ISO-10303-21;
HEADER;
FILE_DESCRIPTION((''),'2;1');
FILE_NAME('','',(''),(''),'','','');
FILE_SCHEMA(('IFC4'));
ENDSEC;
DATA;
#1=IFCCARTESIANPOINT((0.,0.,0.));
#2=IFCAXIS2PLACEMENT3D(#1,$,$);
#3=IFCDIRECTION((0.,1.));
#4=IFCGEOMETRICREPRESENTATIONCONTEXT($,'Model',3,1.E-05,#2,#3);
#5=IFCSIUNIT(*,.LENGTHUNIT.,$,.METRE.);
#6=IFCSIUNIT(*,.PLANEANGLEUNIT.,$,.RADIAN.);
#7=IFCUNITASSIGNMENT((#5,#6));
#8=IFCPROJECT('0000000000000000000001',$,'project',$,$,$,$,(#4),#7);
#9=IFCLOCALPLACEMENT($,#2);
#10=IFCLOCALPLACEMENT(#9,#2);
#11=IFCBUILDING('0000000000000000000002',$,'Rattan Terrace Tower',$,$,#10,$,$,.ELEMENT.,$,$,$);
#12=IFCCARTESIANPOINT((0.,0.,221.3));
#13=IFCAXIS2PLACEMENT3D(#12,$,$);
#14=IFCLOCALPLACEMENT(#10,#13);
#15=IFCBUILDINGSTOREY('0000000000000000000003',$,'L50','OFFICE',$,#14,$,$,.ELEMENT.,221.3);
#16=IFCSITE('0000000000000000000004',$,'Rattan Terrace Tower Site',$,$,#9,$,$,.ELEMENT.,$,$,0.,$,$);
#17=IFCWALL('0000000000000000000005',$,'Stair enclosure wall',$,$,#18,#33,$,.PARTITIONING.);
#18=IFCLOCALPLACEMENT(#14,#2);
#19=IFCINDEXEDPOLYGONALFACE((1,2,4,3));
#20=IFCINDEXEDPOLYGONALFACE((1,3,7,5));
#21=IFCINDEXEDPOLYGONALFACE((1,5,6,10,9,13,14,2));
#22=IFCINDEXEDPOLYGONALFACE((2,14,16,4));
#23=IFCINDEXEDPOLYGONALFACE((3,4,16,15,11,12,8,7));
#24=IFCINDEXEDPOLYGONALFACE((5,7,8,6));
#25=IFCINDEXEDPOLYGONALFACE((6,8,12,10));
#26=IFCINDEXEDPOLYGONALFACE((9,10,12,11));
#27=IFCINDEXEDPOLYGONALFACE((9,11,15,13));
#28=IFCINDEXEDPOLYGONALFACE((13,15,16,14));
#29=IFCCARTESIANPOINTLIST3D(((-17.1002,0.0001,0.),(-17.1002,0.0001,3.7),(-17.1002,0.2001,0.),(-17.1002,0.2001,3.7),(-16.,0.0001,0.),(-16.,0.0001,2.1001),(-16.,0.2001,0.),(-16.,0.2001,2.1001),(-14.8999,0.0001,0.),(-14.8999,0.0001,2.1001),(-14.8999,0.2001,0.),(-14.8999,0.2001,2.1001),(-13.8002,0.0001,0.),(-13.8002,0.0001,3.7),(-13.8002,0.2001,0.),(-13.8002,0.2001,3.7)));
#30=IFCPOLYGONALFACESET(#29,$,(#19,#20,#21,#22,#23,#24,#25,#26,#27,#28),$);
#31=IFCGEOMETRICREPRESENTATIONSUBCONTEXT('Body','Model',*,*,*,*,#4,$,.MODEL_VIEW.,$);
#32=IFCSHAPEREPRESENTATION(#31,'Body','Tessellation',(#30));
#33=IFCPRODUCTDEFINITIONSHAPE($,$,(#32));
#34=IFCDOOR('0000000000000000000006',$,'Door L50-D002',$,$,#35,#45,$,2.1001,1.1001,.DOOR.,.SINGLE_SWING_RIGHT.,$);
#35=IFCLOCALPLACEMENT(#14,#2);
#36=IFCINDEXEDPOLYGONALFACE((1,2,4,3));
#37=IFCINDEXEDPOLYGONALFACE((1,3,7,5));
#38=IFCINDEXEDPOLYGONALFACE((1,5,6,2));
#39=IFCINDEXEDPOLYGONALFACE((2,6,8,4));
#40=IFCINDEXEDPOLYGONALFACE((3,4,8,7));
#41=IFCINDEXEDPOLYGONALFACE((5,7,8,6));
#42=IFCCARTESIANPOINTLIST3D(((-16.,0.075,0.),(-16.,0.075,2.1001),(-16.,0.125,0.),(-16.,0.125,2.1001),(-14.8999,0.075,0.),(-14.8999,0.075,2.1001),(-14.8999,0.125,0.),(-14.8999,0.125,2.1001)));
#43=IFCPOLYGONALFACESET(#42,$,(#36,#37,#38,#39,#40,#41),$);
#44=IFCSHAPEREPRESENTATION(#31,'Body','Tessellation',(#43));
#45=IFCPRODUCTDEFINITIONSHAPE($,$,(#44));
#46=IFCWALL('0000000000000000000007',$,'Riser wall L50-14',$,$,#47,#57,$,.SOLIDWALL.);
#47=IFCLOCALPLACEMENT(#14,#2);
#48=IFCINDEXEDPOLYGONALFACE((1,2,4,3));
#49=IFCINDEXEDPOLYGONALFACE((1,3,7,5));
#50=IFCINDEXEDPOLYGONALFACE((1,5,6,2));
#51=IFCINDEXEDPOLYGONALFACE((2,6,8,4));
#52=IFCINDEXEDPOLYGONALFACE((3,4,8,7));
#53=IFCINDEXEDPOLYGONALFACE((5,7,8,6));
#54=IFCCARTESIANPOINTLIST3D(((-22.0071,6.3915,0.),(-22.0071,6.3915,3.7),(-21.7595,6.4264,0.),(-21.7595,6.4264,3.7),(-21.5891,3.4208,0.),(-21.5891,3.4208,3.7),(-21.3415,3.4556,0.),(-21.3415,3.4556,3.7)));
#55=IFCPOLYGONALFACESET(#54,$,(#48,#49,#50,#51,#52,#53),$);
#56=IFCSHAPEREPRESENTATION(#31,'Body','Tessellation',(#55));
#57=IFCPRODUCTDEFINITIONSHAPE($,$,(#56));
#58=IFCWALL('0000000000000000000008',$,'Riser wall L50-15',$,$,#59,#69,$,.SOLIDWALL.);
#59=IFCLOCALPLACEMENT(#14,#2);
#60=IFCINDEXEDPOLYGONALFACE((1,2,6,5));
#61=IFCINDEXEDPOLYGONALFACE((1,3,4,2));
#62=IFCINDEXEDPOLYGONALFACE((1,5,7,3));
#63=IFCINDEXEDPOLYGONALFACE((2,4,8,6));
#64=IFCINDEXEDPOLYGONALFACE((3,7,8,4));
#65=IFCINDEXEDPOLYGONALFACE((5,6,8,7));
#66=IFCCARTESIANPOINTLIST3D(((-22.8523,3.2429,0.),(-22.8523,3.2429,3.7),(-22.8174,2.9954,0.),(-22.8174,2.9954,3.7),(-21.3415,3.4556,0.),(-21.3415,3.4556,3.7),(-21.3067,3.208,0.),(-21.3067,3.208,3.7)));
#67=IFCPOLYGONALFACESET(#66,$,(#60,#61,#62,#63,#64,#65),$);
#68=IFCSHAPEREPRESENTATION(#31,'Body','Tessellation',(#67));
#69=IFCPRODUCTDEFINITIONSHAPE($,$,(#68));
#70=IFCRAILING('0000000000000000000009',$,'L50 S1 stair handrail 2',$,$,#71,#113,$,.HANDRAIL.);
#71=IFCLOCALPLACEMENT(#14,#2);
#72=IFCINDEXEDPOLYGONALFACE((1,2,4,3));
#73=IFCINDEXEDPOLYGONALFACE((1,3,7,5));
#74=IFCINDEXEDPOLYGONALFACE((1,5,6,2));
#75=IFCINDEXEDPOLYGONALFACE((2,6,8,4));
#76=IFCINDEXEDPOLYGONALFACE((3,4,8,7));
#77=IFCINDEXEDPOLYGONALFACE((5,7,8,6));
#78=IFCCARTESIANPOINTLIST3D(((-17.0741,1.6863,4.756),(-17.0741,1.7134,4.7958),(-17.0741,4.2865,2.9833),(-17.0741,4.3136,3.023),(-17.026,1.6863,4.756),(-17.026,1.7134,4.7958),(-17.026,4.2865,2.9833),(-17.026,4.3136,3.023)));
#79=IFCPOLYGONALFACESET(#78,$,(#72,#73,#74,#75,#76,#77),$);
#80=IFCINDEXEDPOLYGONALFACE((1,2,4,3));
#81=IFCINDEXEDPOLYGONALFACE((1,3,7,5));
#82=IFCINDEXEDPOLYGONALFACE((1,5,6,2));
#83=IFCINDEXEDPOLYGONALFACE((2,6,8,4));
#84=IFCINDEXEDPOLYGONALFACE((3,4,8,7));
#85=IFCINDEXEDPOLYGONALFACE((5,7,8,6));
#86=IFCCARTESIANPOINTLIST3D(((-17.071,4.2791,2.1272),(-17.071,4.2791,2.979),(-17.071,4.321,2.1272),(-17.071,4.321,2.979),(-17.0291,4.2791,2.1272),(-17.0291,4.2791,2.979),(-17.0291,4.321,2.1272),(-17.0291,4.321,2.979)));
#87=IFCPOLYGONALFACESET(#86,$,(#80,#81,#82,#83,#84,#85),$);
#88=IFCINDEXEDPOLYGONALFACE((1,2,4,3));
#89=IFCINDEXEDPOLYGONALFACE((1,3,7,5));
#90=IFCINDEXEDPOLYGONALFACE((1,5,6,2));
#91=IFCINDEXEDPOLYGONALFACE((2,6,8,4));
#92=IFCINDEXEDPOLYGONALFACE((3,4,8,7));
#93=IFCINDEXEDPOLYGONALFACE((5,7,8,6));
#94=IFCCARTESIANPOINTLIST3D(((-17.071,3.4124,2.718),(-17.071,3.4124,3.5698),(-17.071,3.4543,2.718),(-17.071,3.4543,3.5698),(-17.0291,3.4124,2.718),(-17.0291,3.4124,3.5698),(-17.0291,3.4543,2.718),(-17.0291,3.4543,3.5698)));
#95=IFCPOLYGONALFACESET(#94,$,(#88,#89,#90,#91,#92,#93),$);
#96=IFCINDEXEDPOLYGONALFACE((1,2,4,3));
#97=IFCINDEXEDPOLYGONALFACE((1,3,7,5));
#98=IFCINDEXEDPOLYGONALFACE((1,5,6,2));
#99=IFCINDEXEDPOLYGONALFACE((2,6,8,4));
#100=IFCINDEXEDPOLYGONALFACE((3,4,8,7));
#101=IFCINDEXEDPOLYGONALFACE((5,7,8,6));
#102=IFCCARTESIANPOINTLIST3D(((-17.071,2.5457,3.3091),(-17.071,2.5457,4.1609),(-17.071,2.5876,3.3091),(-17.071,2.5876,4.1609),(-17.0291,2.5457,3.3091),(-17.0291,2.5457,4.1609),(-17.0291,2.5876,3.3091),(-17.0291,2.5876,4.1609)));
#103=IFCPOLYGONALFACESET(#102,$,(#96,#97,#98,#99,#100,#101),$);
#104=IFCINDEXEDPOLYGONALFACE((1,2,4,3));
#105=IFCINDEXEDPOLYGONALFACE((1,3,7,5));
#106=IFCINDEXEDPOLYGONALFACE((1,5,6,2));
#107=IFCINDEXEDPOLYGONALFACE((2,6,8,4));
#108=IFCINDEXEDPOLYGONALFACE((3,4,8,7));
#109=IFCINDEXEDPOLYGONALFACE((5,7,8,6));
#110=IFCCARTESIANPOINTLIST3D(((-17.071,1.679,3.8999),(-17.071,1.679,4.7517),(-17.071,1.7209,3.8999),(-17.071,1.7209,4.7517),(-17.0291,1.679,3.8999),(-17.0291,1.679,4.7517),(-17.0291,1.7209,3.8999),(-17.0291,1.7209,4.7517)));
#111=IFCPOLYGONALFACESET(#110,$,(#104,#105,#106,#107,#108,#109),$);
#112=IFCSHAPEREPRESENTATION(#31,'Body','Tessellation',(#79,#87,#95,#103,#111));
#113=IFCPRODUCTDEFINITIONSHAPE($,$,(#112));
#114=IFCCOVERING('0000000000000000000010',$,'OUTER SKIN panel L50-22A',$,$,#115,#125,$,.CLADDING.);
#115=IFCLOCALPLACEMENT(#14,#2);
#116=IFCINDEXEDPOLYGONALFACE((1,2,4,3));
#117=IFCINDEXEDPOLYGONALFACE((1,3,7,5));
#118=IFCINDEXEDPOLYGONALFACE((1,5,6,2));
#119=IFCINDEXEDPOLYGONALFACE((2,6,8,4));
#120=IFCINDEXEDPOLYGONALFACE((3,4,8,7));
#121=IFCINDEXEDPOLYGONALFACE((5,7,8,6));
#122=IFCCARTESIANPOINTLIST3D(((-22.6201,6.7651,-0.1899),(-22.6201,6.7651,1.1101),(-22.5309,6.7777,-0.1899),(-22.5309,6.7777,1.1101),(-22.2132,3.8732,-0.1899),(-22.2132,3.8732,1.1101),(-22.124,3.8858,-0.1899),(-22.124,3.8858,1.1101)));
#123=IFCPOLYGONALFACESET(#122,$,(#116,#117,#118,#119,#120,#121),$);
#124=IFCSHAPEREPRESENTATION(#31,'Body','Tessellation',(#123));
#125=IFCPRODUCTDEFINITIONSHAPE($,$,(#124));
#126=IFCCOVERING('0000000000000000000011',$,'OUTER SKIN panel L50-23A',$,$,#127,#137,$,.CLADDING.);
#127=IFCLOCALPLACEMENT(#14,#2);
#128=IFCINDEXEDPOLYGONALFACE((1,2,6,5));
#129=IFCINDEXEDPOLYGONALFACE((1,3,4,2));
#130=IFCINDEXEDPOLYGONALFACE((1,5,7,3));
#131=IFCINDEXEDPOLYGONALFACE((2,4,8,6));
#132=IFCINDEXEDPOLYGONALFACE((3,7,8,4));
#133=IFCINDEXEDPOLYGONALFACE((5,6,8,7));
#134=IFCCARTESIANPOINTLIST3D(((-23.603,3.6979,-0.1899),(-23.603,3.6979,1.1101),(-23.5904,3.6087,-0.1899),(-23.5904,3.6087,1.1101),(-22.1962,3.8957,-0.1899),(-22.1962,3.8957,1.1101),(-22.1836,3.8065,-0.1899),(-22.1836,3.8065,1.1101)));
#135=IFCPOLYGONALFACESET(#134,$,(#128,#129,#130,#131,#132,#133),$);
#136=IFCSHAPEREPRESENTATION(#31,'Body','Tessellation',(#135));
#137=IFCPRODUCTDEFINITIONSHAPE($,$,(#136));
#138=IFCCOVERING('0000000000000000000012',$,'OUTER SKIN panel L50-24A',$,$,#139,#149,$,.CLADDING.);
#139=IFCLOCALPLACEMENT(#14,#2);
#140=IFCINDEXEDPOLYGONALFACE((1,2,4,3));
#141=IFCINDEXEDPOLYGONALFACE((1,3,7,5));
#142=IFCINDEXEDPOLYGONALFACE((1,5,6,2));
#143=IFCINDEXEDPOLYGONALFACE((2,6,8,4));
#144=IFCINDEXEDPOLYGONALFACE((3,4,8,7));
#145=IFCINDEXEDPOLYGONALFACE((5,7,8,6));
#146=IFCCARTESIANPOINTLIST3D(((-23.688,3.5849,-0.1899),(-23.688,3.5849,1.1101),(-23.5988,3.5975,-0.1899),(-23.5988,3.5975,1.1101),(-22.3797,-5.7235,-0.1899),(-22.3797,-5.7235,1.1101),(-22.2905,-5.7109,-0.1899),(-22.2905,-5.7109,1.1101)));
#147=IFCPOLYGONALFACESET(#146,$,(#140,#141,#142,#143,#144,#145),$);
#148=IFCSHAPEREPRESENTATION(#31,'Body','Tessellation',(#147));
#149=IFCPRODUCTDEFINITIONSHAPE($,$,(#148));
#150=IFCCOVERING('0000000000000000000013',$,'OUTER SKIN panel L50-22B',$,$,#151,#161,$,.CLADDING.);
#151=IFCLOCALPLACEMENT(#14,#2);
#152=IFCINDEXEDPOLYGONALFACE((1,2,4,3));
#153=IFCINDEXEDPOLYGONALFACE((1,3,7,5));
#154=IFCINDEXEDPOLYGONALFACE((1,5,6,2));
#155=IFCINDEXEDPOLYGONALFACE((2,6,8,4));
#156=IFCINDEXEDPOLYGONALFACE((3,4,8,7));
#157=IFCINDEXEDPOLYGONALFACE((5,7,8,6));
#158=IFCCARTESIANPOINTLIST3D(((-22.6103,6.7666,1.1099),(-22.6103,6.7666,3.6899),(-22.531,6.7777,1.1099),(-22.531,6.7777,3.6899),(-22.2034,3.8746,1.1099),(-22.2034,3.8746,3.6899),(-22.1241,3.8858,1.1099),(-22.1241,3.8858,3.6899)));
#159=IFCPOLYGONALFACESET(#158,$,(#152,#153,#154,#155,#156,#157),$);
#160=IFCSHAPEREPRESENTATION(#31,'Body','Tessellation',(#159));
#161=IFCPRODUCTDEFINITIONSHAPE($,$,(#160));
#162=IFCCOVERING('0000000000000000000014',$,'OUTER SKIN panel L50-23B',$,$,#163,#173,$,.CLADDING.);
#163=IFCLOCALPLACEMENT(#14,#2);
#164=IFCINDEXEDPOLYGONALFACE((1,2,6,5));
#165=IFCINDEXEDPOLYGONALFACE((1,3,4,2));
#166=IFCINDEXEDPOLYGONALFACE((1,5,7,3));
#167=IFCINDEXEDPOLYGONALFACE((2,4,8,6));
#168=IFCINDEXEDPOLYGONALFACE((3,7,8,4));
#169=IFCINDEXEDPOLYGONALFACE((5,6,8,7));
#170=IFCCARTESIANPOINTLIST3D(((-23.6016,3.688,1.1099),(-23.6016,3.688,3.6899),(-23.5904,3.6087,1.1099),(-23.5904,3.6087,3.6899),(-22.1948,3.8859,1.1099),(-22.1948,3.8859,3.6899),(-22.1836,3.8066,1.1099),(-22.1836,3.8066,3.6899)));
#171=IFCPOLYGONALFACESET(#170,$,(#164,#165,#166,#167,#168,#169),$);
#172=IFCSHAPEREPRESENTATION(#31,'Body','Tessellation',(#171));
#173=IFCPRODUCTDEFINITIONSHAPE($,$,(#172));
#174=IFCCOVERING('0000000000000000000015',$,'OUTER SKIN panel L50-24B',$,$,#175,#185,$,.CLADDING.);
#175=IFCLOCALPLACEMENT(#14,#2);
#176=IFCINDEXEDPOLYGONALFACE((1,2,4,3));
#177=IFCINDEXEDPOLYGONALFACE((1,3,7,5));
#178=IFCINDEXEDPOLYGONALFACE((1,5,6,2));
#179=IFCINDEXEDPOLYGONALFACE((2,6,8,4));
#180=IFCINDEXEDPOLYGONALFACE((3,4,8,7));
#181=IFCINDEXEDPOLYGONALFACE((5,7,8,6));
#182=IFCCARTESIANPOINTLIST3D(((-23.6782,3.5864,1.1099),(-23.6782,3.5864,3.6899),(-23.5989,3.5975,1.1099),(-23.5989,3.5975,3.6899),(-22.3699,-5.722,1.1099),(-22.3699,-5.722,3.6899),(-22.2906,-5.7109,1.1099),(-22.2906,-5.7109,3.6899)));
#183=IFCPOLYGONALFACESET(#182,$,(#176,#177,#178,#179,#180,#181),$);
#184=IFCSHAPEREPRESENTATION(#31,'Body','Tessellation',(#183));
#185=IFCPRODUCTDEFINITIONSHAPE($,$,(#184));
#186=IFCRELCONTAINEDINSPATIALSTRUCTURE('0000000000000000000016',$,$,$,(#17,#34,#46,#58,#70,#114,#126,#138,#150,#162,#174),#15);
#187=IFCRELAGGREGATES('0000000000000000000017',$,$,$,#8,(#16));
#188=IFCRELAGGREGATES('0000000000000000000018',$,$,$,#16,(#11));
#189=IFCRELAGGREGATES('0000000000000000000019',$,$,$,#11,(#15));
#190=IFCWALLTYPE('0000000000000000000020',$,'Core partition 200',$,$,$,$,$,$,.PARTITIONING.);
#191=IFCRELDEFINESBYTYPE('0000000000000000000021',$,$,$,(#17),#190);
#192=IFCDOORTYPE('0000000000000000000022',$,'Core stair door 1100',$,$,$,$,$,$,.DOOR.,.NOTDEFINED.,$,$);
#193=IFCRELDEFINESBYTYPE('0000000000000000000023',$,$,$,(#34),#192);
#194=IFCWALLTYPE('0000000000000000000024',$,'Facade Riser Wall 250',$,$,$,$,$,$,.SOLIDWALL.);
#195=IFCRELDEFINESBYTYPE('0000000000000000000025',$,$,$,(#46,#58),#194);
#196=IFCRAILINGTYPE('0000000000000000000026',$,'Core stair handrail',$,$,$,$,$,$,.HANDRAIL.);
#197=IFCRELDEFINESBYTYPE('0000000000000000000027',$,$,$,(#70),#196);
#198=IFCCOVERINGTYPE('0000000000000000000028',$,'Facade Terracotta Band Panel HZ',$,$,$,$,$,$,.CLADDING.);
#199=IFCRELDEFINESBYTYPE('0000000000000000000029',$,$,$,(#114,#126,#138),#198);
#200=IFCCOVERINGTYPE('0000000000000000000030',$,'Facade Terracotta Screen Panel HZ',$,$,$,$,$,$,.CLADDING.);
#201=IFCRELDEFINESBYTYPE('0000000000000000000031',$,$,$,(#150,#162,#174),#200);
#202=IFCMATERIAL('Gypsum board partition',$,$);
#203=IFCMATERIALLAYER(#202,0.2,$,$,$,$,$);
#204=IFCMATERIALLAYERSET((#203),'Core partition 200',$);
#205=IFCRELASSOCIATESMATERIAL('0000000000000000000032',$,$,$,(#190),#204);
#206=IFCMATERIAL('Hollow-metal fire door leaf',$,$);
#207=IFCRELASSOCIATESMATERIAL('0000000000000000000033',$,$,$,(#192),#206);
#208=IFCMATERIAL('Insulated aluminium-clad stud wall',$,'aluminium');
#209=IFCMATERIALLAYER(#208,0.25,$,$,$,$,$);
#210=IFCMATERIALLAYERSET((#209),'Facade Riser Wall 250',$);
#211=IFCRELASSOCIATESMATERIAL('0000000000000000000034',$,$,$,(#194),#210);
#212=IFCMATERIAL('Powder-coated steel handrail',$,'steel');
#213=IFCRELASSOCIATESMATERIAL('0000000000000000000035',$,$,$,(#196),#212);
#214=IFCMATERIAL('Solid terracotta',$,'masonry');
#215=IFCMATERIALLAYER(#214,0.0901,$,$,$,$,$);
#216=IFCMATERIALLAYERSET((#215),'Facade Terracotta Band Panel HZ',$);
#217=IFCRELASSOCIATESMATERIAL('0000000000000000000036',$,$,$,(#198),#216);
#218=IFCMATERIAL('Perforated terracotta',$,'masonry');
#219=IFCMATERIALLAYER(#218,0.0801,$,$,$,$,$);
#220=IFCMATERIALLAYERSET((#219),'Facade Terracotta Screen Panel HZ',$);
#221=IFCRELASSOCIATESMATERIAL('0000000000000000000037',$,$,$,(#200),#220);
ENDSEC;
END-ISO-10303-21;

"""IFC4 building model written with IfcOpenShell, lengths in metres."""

from ifc_helpers import new_model, si_unit, direction, frame, frame_2d, origin, origin_2d, place, context, subcontext, project, spatial, rectangle, extrude, material, layer, layer_set, type_object, element, fill, save


model = new_model("IFC4")

# Units and contexts
model_context = context("Model", 3, precision=1e-05, world=origin(), true_north=direction((0.0, 1.0)))
body_context = subcontext(model_context, "Body", "Model", "MODEL_VIEW")
ifc_project = project(units=[si_unit("LENGTHUNIT", "METRE"), si_unit("PLANEANGLEUNIT", "RADIAN")], contexts=[model_context])

# Site, building, storey
site_placement = place(None, origin())
site = spatial("IfcSite", under=ifc_project, at=site_placement, Name="Rattan Terrace Tower Site", CompositionType="ELEMENT", RefElevation=0.0)
building_placement = place(site_placement, origin())
building = spatial("IfcBuilding", under=site, at=building_placement, Name="Rattan Terrace Tower", CompositionType="ELEMENT")
storey_placement = place(building_placement, frame((0.0, 0.0, 221.3)))
storey = spatial("IfcBuildingStorey", under=building, at=storey_placement, Name="L50", Description="OFFICE", CompositionType="ELEMENT", Elevation=221.3)

# Wall, opening, door
ifc_material_1 = material(Name="Gypsum board partition")
ifc_layer_1 = layer(ifc_material_1, 0.2)
ifc_layer_set_1 = layer_set([ifc_layer_1], Name="Core partition 200")
wall_type_1 = type_object("IfcWallType", Name="Core partition 200", PredefinedType="PARTITIONING", material=ifc_layer_set_1)
wall_1_placement = place(storey_placement, frame((-17.1001, 0.1001, 0.0), z_axis=(0.0, 0.0, 1.0), x_axis=(1.0, 0.0, 0.0)))
wall_1 = element("IfcWall", 1, at=wall_1_placement, inside=storey, type_object=wall_type_1, Name="Stair enclosure wall", PredefinedType="PARTITIONING", context=body_context, shape_type="SweptSolid", body=[
    extrude(rectangle(XDim=3.3, YDim=0.2, at=frame_2d((1.6499, 0.0))), origin(), (0.0, 0.0, 1.0), 3.7),
])
opening_placement = place(wall_1_placement, frame((1.1001, 0.0, 0.0)))
opening = element("IfcOpeningElement", 2, at=opening_placement, cuts=wall_1, PredefinedType="OPENING", context=body_context, shape_type="SweptSolid", body=[
    extrude(rectangle(XDim=1.1001, YDim=2.1001, at=frame_2d((0.55, 1.05))), frame((0.0, 0.1106, 0.0), z_axis=(0.0, -1.0, 0.0), x_axis=(1.0, 0.0, 0.0)), (0.0, 0.0, 1.0), 0.2209),
])
ifc_material_2 = material(Name="Hollow-metal fire door leaf")
door_type = type_object("IfcDoorType", Name="Core stair door 1100", OperationType="NOTDEFINED", PredefinedType="DOOR", material=ifc_material_2)
door_placement = place(opening_placement, origin())
door = element("IfcDoor", 3, at=door_placement, inside=storey, type_object=door_type, Name="Door L50-D002", OperationType="SINGLE_SWING_RIGHT", OverallHeight=2.1001, OverallWidth=1.1001, PredefinedType="DOOR", context=body_context, shape_type="SweptSolid", body=[
    extrude(rectangle(XDim=1.1001, YDim=2.1001, at=frame_2d((0.55, 1.05))), frame((0.0, 0.0249, 0.0), z_axis=(0.0, -1.0, 0.0), x_axis=(1.0, 0.0, 0.0)), (0.0, 0.0, 1.0), 0.05),
])
fill(opening, door)

# Walls
ifc_material_3 = material(Name="Insulated aluminium-clad stud wall", Category="aluminium")
ifc_layer_2 = layer(ifc_material_3, 0.25)
ifc_layer_set_2 = layer_set([ifc_layer_2], Name="Facade Riser Wall 250")
wall_type_2 = type_object("IfcWallType", Name="Facade Riser Wall 250", PredefinedType="SOLIDWALL", material=ifc_layer_set_2)
wall_2_placement = place(storey_placement, frame((-21.8833, 6.4089, 0.0), z_axis=(0.0, 0.0, 1.0), x_axis=(0.139325, -0.990247, 0.0)))
element("IfcWall", 4, at=wall_2_placement, inside=storey, type_object=wall_type_2, Name="Riser wall L50-14", PredefinedType="SOLIDWALL", context=body_context, shape_type="SweptSolid", body=[
    extrude(rectangle(XDim=3.0, YDim=0.25, at=frame_2d((1.5, 0.0))), origin(), (0.0, 0.0, 1.0), 3.7),
])
wall_3_placement = place(storey_placement, frame((-21.3242, 3.3318, 0.0), z_axis=(0.0, 0.0, 1.0), x_axis=(-0.990239, -0.139382, 0.0)))
element("IfcWall", 5, at=wall_3_placement, inside=storey, type_object=wall_type_2, Name="Riser wall L50-15", PredefinedType="SOLIDWALL", context=body_context, shape_type="SweptSolid", body=[
    extrude(rectangle(XDim=1.5256, YDim=0.25, at=frame_2d((0.7627, 0.0))), origin(), (0.0, 0.0, 1.0), 3.7),
])

# Railing
ifc_material_4 = material(Name="Powder-coated steel handrail", Category="steel")
railing_type = type_object("IfcRailingType", Name="Core stair handrail", PredefinedType="HANDRAIL", material=ifc_material_4)
railing_placement = place(storey_placement, frame((-17.05, 4.3, 2.1272)))
element("IfcRailing", 6, at=railing_placement, inside=storey, type_object=railing_type, Name="L50 S1 stair handrail 2", PredefinedType="HANDRAIL", context=body_context, shape_type="SweptSolid", body=[
    extrude(rectangle(XDim=0.0481, YDim=0.0481, at=origin_2d()), frame((0.0, 0.0, 0.876), z_axis=(0.0, -0.82624, 0.563318), x_axis=(1.0, 0.0, 0.0)), (0.0, 0.0, 1.0), 3.147),
    extrude(rectangle(XDim=0.042, YDim=0.042, at=origin_2d()), origin(), (0.0, 0.0, 1.0), 0.8518),
    extrude(rectangle(XDim=0.042, YDim=0.042, at=origin_2d()), frame((0.0, -0.8667, 0.5908)), (0.0, 0.0, 1.0), 0.8518),
    extrude(rectangle(XDim=0.042, YDim=0.042, at=origin_2d()), frame((0.0, -1.7334, 1.1819)), (0.0, 0.0, 1.0), 0.8518),
    extrude(rectangle(XDim=0.042, YDim=0.042, at=origin_2d()), frame((0.0, -2.6001, 1.7727)), (0.0, 0.0, 1.0), 0.8518),
])

# Coverings
ifc_material_5 = material(Name="Solid terracotta", Category="masonry")
ifc_layer_3 = layer(ifc_material_5, 0.0901)
ifc_layer_set_3 = layer_set([ifc_layer_3], Name="Facade Terracotta Band Panel HZ")
covering_type_1 = type_object("IfcCoveringType", Name="Facade Terracotta Band Panel HZ", PredefinedType="CLADDING", material=ifc_layer_set_3)
covering_1_placement = place(storey_placement, frame((-22.3721, 5.3254, -0.1899), z_axis=(0.0, 0.0, 1.0), x_axis=(0.139321, -0.990247, 0.0)))
element("IfcCovering", 7, at=covering_1_placement, inside=storey, type_object=covering_type_1, Name="OUTER SKIN panel L50-22A", PredefinedType="CLADDING", context=body_context, shape_type="SweptSolid", body=[
    extrude(rectangle(XDim=2.9204, YDim=0.0901, at=origin_2d()), origin(), (0.0, 0.0, 1.0), 1.3),
])
covering_2_placement = place(storey_placement, frame((-22.8933, 3.7522, -0.1899), z_axis=(0.0, 0.0, 1.0), x_axis=(-0.990254, -0.139275, 0.0)))
element("IfcCovering", 8, at=covering_2_placement, inside=storey, type_object=covering_type_1, Name="OUTER SKIN panel L50-23A", PredefinedType="CLADDING", context=body_context, shape_type="SweptSolid", body=[
    extrude(rectangle(XDim=1.4207, YDim=0.0901, at=origin_2d()), origin(), (0.0, 0.0, 1.0), 1.3),
])
covering_3_placement = place(storey_placement, frame((-22.9893, -1.063, -0.1899), z_axis=(0.0, 0.0, 1.0), x_axis=(0.139186, -0.990266, 0.0)))
element("IfcCovering", 9, at=covering_3_placement, inside=storey, type_object=covering_type_1, Name="OUTER SKIN panel L50-24A", PredefinedType="CLADDING", context=body_context, shape_type="SweptSolid", body=[
    extrude(rectangle(XDim=9.3999, YDim=0.0901, at=origin_2d()), origin(), (0.0, 0.0, 1.0), 1.3),
])
ifc_material_6 = material(Name="Perforated terracotta", Category="masonry")
ifc_layer_4 = layer(ifc_material_6, 0.0801)
ifc_layer_set_4 = layer_set([ifc_layer_4], Name="Facade Terracotta Screen Panel HZ")
covering_type_2 = type_object("IfcCoveringType", Name="Facade Terracotta Screen Panel HZ", PredefinedType="CLADDING", material=ifc_layer_set_4)
covering_4_placement = place(storey_placement, frame((-22.3672, 5.3262, 1.1099), z_axis=(0.0, 0.0, 1.0), x_axis=(0.139321, -0.990247, 0.0)))
element("IfcCovering", 10, at=covering_4_placement, inside=storey, type_object=covering_type_2, Name="OUTER SKIN panel L50-22B", PredefinedType="CLADDING", context=body_context, shape_type="SweptSolid", body=[
    extrude(rectangle(XDim=2.9204, YDim=0.0801, at=origin_2d()), origin(), (0.0, 0.0, 1.0), 2.5801),
])
covering_5_placement = place(storey_placement, frame((-22.8926, 3.7473, 1.1099), z_axis=(0.0, 0.0, 1.0), x_axis=(-0.990254, -0.139275, 0.0)))
element("IfcCovering", 11, at=covering_5_placement, inside=storey, type_object=covering_type_2, Name="OUTER SKIN panel L50-23B", PredefinedType="CLADDING", context=body_context, shape_type="SweptSolid", body=[
    extrude(rectangle(XDim=1.4207, YDim=0.0801, at=origin_2d()), origin(), (0.0, 0.0, 1.0), 2.5801),
])
covering_6_placement = place(storey_placement, frame((-22.9844, -1.0623, 1.1099), z_axis=(0.0, 0.0, 1.0), x_axis=(0.139186, -0.990266, 0.0)))
element("IfcCovering", 12, at=covering_6_placement, inside=storey, type_object=covering_type_2, Name="OUTER SKIN panel L50-24B", PredefinedType="CLADDING", context=body_context, shape_type="SweptSolid", body=[
    extrude(rectangle(XDim=9.3999, YDim=0.0801, at=origin_2d()), origin(), (0.0, 0.0, 1.0), 2.5801),
])

save(model, "model.ifc")
